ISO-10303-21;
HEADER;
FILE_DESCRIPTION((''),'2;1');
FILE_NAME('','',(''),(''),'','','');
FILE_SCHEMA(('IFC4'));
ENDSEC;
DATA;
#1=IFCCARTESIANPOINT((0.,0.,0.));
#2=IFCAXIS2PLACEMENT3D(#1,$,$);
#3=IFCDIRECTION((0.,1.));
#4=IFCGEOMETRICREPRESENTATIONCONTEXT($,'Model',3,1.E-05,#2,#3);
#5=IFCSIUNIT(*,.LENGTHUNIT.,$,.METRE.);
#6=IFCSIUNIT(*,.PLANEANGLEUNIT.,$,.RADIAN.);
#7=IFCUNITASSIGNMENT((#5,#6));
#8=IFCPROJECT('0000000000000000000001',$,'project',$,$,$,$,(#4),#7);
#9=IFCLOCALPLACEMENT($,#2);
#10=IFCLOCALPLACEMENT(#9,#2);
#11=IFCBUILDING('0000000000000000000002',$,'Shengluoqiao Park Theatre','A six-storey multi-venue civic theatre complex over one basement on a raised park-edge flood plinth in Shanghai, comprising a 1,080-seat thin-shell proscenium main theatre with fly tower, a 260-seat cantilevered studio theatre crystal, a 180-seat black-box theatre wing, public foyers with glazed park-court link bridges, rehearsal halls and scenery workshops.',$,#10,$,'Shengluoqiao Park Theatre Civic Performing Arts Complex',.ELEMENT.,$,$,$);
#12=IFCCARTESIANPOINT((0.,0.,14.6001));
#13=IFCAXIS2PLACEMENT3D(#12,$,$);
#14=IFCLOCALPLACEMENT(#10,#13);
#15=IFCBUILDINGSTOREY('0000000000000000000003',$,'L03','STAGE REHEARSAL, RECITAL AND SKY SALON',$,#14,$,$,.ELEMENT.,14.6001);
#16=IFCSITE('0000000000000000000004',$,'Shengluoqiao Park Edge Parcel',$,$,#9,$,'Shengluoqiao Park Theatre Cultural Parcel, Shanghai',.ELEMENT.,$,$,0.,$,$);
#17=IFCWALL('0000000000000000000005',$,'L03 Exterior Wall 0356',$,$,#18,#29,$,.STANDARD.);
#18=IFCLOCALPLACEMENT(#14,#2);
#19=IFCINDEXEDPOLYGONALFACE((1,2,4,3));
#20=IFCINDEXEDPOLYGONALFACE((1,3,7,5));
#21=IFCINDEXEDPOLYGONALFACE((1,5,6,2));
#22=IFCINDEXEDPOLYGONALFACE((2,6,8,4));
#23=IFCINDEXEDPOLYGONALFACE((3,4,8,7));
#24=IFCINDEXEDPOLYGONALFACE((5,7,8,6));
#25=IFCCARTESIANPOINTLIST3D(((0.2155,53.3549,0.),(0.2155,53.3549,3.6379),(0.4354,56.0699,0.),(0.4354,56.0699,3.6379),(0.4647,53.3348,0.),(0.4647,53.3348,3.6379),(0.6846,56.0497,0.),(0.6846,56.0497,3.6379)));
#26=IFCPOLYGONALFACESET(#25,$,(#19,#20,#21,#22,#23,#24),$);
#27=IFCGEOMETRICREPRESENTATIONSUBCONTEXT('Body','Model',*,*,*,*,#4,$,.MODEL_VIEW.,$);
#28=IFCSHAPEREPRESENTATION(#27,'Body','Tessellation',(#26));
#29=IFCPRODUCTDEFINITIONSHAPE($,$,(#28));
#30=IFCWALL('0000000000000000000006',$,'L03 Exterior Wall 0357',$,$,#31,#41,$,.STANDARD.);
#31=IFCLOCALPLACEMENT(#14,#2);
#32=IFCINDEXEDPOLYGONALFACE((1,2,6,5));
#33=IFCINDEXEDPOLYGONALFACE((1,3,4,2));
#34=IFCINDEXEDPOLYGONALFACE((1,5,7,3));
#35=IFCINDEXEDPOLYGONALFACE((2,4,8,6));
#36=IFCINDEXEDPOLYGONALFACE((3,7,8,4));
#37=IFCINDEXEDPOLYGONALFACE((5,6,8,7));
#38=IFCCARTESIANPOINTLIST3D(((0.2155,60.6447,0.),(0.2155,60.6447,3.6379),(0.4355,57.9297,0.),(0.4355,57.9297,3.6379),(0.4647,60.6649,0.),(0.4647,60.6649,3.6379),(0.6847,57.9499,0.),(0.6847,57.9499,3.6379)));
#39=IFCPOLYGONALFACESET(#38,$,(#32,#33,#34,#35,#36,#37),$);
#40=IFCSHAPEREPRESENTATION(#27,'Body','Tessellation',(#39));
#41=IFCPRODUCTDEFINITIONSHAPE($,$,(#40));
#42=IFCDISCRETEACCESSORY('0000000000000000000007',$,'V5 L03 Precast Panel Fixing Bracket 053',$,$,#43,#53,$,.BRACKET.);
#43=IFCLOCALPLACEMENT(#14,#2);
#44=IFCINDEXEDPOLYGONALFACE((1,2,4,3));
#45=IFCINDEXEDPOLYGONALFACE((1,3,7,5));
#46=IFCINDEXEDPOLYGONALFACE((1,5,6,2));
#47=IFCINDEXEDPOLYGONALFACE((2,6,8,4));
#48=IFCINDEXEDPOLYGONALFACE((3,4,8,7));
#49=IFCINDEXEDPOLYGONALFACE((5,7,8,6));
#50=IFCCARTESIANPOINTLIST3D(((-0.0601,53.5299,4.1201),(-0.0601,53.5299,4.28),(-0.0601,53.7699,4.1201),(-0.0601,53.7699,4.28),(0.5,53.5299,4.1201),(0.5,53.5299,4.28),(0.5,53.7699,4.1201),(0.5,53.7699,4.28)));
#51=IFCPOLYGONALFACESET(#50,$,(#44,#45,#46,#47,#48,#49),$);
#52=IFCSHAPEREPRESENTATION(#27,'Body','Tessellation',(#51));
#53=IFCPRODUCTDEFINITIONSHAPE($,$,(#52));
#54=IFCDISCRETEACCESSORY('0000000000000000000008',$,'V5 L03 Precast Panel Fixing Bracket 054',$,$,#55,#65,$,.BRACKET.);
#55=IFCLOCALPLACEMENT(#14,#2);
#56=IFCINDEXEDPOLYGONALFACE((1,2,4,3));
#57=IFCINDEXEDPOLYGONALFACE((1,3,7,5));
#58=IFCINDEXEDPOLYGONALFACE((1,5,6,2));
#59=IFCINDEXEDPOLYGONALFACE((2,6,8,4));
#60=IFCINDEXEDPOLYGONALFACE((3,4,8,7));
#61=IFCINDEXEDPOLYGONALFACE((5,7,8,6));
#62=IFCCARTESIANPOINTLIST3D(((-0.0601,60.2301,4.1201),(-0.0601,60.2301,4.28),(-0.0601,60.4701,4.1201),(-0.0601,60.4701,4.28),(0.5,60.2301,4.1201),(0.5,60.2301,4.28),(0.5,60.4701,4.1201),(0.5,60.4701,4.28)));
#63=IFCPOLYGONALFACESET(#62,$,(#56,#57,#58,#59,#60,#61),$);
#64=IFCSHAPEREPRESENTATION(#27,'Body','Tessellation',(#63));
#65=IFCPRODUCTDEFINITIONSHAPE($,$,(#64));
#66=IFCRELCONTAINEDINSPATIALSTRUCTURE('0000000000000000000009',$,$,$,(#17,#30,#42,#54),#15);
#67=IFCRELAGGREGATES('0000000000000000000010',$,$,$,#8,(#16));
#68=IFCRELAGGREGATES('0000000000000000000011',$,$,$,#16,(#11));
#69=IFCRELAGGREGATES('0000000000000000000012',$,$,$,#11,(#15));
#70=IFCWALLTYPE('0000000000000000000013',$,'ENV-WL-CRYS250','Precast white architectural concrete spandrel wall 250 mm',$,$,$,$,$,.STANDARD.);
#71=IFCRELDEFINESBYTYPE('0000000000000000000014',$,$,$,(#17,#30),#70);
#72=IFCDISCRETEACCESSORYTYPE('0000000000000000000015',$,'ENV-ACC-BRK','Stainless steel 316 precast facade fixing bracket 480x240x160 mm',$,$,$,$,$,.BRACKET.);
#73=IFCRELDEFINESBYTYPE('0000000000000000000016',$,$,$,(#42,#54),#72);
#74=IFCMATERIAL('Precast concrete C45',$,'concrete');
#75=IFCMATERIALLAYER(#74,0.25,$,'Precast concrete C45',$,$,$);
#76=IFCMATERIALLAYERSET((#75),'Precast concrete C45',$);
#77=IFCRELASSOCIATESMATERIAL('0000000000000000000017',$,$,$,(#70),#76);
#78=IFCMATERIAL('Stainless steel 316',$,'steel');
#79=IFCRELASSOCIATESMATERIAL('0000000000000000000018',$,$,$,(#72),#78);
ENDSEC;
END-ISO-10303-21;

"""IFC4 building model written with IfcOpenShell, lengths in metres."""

from ifc_helpers import new_model, si_unit, direction, frame, frame_2d, origin, origin_2d, place, context, subcontext, project, spatial, rectangle, extrude, material, layer, layer_set, type_object, element, save


model = new_model("IFC4")

# Units and contexts
model_context = context("Model", 3, precision=1e-05, world=origin(), true_north=direction((0.0, 1.0)))
body_context = subcontext(model_context, "Body", "Model", "MODEL_VIEW")
ifc_project = project(units=[si_unit("LENGTHUNIT", "METRE"), si_unit("PLANEANGLEUNIT", "RADIAN")], contexts=[model_context])

# Site, building, storey
site_placement = place(None, origin())
site = spatial("IfcSite", under=ifc_project, at=site_placement, Name="Shengluoqiao Park Edge Parcel", LongName="Shengluoqiao Park Theatre Cultural Parcel, Shanghai", CompositionType="ELEMENT", RefElevation=0.0)
building_placement = place(site_placement, origin())
building = spatial("IfcBuilding", under=site, at=building_placement, Name="Shengluoqiao Park Theatre", Description="A six-storey multi-venue civic theatre complex over one basement on a raised park-edge flood plinth in Shanghai, comprising a 1,080-seat thin-shell proscenium main theatre with fly tower, a 260-seat cantilevered studio theatre crystal, a 180-seat black-box theatre wing, public foyers with glazed park-court link bridges, rehearsal halls and scenery workshops.", LongName="Shengluoqiao Park Theatre Civic Performing Arts Complex", CompositionType="ELEMENT")
storey_placement = place(building_placement, frame((0.0, 0.0, 14.6001)))
storey = spatial("IfcBuildingStorey", under=building, at=storey_placement, Name="L03", Description="STAGE REHEARSAL, RECITAL AND SKY SALON", CompositionType="ELEMENT", Elevation=14.6001)

# Shared definitions
ifc_material_1 = material(Name="Precast concrete C45", Category="concrete")

# Walls
ifc_layer_1 = layer(ifc_material_1, 0.25, Name="Precast concrete C45")
ifc_layer_set_1 = layer_set([ifc_layer_1], Name="Precast concrete C45")
wall_type = type_object("IfcWallType", Name="ENV-WL-CRYS250", Description="Precast white architectural concrete spandrel wall 250 mm", PredefinedType="STANDARD", material=ifc_layer_set_1)
for number, where, z_axis, x_axis, name in (
    (1, (0.3401, 53.345, 0.0), (0.0, 0.0, 1.0), (0.080753, 0.996734, 0.0), "L03 Exterior Wall 0356"),
    (2, (0.5601, 57.9399, 0.0), (0.0, 0.0, 1.0), (-0.080753, 0.996734, 0.0), "L03 Exterior Wall 0357"),
):
    element("IfcWall", number, at=place(storey_placement, frame(where, z_axis=z_axis, x_axis=x_axis)), inside=storey, type_object=wall_type, Name=name, PredefinedType="STANDARD", context=body_context, shape_type="SweptSolid", body=[
        extrude(rectangle(XDim=2.7239, YDim=0.25, at=frame_2d((1.3618, 0.0))), origin(), (0.0, 0.0, 1.0), 3.6379),
    ])

# Discrete accessories
ifc_material_2 = material(Name="Stainless steel 316", Category="steel")
discrete_accessory_type = type_object("IfcDiscreteAccessoryType", Name="ENV-ACC-BRK", Description="Stainless steel 316 precast facade fixing bracket 480x240x160 mm", PredefinedType="BRACKET", material=ifc_material_2)
for number, where, z_axis, x_axis, name in (
    (3, (0.22, 53.6499, 4.1201), (0.0, 0.0, 1.0), (1.0, 0.0, 0.0), "V5 L03 Precast Panel Fixing Bracket 053"),
    (4, (0.22, 60.3501, 4.1201), (0.0, 0.0, 1.0), (1.0, 0.0, 0.0), "V5 L03 Precast Panel Fixing Bracket 054"),
):
    element("IfcDiscreteAccessory", number, at=place(storey_placement, frame(where, z_axis=z_axis, x_axis=x_axis)), inside=storey, type_object=discrete_accessory_type, Name=name, PredefinedType="BRACKET", context=body_context, shape_type="SweptSolid", body=[
        extrude(rectangle(XDim=0.5601, YDim=0.24, at=origin_2d()), origin(), (0.0, 0.0, 1.0), 0.1599),
    ])

save(model, "model.ifc")
